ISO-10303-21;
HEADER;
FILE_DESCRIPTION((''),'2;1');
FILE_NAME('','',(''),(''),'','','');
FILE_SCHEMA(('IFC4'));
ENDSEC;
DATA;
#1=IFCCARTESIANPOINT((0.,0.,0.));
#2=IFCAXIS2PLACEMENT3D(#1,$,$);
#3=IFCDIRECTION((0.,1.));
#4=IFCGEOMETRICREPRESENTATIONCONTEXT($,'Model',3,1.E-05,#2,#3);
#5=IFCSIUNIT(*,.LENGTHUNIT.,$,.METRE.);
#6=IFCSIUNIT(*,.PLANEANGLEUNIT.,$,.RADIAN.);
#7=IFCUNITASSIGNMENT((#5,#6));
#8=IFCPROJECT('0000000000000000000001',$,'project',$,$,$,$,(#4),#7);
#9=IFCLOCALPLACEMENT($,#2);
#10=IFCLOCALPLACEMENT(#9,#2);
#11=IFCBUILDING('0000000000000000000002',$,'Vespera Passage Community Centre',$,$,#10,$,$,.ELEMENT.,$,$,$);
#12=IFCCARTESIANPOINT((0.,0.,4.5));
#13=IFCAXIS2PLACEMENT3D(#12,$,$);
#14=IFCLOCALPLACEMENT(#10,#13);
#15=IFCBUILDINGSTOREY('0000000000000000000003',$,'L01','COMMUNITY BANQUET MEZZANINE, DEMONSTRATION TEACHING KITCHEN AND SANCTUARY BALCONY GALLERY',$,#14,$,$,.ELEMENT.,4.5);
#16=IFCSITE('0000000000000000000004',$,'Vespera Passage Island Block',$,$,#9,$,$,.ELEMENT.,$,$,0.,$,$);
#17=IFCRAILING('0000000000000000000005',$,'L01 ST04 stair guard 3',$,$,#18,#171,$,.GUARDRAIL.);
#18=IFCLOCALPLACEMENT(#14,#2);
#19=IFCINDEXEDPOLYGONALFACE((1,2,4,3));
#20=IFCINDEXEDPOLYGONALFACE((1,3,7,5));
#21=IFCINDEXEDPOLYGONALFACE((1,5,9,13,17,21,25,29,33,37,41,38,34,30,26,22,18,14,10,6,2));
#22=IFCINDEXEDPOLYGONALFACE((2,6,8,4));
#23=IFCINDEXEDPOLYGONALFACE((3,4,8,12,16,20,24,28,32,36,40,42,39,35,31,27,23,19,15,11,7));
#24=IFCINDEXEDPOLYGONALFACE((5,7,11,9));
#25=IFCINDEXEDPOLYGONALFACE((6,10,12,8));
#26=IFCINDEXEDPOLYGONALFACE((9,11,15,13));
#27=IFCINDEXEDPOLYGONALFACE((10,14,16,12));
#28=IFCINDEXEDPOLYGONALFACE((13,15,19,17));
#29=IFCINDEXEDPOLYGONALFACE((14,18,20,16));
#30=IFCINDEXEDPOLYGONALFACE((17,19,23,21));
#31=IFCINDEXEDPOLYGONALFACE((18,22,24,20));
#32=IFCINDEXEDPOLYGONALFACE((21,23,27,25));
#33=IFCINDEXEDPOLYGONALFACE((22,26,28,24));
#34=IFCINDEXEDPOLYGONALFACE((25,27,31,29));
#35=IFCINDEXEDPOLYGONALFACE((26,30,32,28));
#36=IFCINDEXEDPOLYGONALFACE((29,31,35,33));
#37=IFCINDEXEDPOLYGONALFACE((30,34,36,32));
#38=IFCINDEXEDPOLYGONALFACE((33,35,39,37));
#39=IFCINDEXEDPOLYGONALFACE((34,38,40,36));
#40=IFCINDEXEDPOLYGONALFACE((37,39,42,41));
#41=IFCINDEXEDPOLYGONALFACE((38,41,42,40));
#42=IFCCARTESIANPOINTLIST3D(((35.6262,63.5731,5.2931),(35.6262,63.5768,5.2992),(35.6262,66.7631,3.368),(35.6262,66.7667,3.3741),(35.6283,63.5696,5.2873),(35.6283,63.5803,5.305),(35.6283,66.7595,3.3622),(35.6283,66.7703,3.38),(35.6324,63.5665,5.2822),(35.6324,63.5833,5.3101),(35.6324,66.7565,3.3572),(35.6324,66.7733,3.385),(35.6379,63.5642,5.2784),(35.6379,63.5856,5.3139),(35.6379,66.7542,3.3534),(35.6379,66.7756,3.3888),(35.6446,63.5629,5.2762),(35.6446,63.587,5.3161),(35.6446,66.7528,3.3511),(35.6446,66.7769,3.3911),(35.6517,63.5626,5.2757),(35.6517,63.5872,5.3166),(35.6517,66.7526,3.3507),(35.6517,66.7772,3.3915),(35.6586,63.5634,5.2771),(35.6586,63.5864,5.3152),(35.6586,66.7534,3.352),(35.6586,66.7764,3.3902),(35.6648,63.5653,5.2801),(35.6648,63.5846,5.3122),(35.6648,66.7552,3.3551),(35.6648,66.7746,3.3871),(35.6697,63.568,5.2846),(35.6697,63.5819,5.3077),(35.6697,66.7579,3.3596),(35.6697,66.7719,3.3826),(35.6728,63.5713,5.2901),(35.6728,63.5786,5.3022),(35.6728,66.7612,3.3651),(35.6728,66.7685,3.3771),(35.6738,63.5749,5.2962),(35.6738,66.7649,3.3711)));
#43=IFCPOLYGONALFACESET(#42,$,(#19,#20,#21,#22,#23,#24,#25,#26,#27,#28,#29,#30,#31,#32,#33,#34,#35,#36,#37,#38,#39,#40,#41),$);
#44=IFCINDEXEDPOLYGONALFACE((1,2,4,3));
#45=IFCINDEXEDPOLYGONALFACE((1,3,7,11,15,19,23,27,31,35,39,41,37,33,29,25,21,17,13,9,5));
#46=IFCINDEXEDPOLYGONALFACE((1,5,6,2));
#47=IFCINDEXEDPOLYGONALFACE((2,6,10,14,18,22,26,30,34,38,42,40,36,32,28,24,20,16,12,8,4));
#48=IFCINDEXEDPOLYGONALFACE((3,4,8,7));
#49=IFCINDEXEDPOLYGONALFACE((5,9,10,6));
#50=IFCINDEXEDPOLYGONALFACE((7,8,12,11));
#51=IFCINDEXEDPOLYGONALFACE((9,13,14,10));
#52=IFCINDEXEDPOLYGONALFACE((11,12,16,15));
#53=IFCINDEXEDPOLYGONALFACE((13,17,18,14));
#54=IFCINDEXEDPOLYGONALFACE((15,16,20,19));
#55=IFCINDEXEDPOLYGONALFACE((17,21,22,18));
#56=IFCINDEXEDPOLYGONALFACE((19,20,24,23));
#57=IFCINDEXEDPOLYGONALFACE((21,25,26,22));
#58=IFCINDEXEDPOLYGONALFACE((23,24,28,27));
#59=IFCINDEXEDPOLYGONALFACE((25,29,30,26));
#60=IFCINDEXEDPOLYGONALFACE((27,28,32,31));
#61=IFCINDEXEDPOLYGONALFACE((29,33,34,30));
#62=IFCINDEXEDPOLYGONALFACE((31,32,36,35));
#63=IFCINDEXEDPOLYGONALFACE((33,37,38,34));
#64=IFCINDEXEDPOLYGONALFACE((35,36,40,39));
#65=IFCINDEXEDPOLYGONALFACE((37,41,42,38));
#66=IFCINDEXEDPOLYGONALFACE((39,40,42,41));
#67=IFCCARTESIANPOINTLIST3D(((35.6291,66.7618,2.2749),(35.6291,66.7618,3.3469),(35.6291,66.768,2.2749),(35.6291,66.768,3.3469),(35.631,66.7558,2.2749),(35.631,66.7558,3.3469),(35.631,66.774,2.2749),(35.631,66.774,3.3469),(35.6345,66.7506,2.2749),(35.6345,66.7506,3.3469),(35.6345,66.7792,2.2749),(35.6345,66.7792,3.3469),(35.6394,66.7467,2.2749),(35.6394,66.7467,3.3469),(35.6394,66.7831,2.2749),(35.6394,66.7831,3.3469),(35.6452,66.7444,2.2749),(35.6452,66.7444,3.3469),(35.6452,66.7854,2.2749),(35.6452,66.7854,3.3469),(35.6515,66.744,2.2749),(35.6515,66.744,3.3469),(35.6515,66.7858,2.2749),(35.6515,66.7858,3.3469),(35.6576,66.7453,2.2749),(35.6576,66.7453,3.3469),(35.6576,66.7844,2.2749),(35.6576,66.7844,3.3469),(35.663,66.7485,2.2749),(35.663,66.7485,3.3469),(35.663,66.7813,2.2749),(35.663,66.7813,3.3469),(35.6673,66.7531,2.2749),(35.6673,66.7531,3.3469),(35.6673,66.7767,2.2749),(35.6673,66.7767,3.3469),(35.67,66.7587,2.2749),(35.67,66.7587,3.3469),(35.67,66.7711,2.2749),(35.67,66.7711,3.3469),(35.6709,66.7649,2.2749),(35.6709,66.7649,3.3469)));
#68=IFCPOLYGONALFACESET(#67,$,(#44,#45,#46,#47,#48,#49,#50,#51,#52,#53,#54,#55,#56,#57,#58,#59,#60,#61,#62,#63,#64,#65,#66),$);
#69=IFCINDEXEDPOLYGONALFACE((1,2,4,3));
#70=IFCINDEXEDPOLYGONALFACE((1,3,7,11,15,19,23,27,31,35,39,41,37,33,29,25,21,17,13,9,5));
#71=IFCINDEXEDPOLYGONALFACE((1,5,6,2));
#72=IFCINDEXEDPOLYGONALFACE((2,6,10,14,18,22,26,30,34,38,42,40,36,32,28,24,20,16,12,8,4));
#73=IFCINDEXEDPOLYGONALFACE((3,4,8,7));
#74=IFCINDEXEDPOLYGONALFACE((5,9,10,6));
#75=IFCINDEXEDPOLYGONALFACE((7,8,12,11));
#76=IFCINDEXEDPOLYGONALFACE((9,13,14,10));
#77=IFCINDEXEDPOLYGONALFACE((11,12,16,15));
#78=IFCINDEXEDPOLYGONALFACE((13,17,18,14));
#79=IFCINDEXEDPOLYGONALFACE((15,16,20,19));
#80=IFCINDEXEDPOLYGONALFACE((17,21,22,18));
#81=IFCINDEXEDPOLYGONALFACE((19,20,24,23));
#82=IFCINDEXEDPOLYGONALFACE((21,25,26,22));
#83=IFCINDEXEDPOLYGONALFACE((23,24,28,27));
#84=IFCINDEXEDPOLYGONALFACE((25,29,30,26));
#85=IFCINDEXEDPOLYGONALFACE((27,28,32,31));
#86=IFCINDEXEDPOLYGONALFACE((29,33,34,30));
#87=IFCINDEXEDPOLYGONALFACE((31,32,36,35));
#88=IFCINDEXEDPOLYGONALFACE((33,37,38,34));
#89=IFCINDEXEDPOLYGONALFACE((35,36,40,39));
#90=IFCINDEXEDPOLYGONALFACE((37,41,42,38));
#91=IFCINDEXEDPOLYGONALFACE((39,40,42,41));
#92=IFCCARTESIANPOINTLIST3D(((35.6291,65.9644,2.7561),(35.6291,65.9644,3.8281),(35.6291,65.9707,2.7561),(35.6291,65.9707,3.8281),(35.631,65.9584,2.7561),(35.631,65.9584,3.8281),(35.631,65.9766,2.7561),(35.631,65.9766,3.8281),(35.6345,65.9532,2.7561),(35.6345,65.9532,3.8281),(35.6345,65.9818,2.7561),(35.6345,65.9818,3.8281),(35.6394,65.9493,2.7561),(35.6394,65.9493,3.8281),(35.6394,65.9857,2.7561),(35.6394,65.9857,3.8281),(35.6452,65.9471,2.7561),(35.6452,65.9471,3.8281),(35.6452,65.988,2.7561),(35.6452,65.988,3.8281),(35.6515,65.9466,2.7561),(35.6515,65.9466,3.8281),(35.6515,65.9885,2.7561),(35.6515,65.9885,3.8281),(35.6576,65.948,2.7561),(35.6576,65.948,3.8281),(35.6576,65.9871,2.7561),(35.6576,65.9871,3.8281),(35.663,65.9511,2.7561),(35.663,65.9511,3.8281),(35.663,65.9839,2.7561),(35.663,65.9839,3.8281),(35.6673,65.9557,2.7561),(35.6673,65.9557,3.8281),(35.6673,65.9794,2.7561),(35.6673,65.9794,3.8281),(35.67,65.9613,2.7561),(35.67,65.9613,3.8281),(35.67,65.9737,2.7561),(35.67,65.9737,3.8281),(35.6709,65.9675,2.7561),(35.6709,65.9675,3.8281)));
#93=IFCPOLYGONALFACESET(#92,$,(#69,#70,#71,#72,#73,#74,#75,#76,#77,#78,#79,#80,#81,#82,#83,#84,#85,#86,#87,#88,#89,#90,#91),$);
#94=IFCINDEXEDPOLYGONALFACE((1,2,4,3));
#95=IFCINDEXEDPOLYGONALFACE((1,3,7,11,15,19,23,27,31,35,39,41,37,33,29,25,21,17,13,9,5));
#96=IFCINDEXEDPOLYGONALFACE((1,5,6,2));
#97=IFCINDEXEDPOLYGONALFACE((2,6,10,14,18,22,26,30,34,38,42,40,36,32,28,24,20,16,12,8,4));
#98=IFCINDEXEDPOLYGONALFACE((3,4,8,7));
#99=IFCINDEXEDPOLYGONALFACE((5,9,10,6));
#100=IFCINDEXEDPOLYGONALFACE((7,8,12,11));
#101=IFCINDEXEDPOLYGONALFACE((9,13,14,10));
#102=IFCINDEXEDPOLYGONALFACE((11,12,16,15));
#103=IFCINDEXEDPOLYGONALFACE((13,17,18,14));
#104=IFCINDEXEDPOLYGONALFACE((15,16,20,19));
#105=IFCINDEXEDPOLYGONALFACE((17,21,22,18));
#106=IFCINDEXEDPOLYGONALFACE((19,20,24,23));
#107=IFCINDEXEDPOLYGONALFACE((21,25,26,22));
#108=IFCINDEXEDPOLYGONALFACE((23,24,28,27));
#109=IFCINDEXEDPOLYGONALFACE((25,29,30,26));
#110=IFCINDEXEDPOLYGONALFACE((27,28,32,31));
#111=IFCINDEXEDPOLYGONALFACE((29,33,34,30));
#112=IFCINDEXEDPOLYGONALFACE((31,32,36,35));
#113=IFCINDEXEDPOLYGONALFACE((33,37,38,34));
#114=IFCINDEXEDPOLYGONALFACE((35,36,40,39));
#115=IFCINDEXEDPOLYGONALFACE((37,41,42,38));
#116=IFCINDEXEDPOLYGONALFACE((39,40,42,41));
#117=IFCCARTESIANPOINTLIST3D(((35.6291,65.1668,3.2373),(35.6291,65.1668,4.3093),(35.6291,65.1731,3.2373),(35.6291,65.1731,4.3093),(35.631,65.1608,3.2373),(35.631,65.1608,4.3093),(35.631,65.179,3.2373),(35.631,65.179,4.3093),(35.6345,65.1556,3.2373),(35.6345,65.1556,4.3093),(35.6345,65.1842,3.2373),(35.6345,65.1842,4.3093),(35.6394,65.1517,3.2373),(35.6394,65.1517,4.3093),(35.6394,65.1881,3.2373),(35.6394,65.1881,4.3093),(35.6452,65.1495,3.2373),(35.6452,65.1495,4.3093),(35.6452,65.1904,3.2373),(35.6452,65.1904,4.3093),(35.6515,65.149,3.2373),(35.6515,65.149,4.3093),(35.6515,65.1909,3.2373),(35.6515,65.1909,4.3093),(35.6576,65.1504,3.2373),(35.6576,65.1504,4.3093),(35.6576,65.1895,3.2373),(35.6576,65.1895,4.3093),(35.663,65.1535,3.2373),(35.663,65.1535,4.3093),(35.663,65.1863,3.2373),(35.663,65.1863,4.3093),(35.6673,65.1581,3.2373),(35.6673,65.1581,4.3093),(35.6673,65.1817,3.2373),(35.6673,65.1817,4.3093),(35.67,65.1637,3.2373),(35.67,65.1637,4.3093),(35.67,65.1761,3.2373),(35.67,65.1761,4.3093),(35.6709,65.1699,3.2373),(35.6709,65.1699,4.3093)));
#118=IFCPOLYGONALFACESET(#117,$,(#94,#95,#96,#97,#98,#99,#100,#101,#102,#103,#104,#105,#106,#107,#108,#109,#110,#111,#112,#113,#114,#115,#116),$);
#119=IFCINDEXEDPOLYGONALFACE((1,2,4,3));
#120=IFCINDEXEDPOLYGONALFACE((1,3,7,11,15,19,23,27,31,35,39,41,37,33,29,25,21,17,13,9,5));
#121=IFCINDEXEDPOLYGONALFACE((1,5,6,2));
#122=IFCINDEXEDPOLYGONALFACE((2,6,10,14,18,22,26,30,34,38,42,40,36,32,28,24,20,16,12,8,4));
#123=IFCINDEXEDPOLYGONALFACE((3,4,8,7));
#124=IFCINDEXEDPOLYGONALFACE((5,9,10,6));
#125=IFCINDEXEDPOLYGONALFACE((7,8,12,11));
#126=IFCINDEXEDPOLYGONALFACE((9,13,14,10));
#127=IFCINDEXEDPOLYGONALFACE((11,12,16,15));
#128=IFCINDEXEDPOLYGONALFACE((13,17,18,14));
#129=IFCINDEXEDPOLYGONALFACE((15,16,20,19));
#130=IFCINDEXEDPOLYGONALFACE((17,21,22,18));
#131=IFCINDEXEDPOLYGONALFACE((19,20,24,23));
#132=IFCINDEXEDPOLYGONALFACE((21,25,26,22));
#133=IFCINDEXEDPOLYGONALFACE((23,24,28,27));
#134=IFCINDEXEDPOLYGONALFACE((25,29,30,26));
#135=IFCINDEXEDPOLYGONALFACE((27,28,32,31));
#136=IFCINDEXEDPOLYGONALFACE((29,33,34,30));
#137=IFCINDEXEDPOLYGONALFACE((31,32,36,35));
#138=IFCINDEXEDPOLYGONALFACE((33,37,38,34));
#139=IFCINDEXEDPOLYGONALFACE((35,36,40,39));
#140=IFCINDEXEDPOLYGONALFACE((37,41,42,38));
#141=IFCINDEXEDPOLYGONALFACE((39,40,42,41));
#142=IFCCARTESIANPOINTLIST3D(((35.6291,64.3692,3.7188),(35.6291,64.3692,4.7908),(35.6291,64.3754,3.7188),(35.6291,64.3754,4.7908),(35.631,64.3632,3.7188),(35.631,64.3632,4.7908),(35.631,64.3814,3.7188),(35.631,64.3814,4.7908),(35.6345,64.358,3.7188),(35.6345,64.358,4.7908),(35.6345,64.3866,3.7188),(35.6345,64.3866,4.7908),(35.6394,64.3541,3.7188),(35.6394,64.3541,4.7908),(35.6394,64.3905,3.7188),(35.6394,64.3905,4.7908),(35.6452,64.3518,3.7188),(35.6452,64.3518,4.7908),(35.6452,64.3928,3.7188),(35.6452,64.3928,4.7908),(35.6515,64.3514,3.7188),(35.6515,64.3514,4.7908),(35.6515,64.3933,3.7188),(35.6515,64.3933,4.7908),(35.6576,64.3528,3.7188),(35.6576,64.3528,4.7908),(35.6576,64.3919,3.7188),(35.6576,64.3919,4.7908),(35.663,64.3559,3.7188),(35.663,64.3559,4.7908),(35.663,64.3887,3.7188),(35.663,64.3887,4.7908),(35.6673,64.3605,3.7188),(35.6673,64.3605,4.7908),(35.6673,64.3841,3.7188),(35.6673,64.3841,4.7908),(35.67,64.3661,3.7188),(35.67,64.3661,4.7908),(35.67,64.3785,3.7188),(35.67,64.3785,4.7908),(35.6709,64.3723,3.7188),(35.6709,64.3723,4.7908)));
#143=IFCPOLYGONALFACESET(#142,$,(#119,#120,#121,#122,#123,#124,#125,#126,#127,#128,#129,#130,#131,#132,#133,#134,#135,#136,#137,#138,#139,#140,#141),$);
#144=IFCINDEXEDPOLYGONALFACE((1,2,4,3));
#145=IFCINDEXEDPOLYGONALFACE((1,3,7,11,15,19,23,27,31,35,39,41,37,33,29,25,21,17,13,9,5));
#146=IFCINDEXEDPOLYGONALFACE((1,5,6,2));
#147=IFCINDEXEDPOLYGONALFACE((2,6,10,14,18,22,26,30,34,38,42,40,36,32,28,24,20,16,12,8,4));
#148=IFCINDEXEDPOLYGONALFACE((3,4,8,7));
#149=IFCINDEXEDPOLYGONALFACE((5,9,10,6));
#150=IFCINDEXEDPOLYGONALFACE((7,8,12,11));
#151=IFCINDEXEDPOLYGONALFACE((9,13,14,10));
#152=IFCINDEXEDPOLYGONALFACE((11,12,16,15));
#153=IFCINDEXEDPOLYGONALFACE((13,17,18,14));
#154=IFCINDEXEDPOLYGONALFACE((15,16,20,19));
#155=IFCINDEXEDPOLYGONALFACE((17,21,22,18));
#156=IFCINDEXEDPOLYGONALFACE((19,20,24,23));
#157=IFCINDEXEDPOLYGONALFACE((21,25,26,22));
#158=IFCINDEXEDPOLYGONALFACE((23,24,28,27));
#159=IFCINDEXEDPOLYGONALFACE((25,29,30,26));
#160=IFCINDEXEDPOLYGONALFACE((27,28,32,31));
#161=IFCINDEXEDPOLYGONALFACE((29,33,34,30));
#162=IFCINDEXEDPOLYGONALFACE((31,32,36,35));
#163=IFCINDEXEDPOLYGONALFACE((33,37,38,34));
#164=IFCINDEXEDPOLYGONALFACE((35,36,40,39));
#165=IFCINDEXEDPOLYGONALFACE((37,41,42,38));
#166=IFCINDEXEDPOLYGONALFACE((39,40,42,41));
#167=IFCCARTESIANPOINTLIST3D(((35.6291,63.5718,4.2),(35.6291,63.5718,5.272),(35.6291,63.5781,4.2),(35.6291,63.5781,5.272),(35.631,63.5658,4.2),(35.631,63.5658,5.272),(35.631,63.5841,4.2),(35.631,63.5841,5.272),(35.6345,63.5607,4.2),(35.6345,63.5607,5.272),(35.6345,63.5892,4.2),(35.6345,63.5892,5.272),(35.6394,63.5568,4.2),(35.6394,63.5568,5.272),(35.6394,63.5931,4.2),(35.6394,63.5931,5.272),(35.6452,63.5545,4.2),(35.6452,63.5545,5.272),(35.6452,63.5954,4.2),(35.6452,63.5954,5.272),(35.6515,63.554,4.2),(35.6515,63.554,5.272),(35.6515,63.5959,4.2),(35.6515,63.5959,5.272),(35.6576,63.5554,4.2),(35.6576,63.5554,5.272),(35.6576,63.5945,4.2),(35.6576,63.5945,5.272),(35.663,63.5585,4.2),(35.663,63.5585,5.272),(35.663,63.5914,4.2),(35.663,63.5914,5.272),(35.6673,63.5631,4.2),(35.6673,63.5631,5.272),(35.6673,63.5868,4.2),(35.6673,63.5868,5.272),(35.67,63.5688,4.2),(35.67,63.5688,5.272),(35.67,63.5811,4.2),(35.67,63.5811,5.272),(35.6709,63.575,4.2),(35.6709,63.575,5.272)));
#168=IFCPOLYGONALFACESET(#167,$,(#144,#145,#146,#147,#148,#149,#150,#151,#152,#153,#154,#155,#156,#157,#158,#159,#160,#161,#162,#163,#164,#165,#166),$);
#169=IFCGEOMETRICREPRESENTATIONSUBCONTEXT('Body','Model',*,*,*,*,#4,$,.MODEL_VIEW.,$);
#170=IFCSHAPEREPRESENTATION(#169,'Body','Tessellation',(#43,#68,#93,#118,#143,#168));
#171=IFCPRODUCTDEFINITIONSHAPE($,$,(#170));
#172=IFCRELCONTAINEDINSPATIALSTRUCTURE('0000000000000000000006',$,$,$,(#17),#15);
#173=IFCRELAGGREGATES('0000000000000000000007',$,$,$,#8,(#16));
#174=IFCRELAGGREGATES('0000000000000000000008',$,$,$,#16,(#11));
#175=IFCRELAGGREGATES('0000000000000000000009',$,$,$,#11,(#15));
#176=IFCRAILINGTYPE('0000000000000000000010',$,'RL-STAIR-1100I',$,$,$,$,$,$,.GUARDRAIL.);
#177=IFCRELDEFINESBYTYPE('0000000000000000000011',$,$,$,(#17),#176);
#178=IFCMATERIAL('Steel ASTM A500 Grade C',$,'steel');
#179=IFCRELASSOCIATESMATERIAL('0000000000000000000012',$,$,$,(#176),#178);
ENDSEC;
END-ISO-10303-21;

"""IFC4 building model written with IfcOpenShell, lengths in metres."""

from ifc_helpers import new_model, si_unit, direction, frame, origin, origin_2d, place, context, subcontext, project, spatial, circle, extrude, material, type_object, element, save


model = new_model("IFC4")

# Units and contexts
model_context = context("Model", 3, precision=1e-05, world=origin(), true_north=direction((0.0, 1.0)))
body_context = subcontext(model_context, "Body", "Model", "MODEL_VIEW")
ifc_project = project(units=[si_unit("LENGTHUNIT", "METRE"), si_unit("PLANEANGLEUNIT", "RADIAN")], contexts=[model_context])

# Site, building, storey
site_placement = place(None, origin())
site = spatial("IfcSite", under=ifc_project, at=site_placement, Name="Vespera Passage Island Block", CompositionType="ELEMENT", RefElevation=0.0)
building_placement = place(site_placement, origin())
building = spatial("IfcBuilding", under=site, at=building_placement, Name="Vespera Passage Community Centre", CompositionType="ELEMENT")
storey_placement = place(building_placement, frame((0.0, 0.0, 4.5)))
storey = spatial("IfcBuildingStorey", under=building, at=storey_placement, Name="L01", Description="COMMUNITY BANQUET MEZZANINE, DEMONSTRATION TEACHING KITCHEN AND SANCTUARY BALCONY GALLERY", CompositionType="ELEMENT", Elevation=4.5)

# Railing
ifc_material_1 = material(Name="Steel ASTM A500 Grade C", Category="steel")
railing_type_1 = type_object("IfcRailingType", Name="RL-STAIR-1100I", PredefinedType="GUARDRAIL", material=ifc_material_1)
railing_1_placement = place(storey_placement, frame((35.6499, 66.7649, 2.2749)))
element("IfcRailing", 1, at=railing_1_placement, inside=storey, type_object=railing_type_1, Name="L01 ST04 stair guard 3", PredefinedType="GUARDRAIL", context=body_context, shape_type="SweptSolid", body=[
    extrude(circle(Radius=0.0239, at=origin_2d()), frame((0.0, 0.0, 1.0962), z_axis=(0.0, -0.856178, 0.516682), x_axis=(1.0, 0.0, 0.0)), (0.0, 0.0, 1.0), 3.7258),
    extrude(circle(Radius=0.021, at=origin_2d()), origin(), (0.0, 0.0, 1.0), 1.072),
    extrude(circle(Radius=0.021, at=origin_2d()), frame((0.0, -0.7974, 0.4812)), (0.0, 0.0, 1.0), 1.072),
    extrude(circle(Radius=0.021, at=origin_2d()), frame((0.0, -1.595, 0.9624)), (0.0, 0.0, 1.0), 1.072),
    extrude(circle(Radius=0.021, at=origin_2d()), frame((0.0, -2.3926, 1.4438)), (0.0, 0.0, 1.0), 1.072),
    extrude(circle(Radius=0.021, at=origin_2d()), frame((0.0, -3.1899, 1.925)), (0.0, 0.0, 1.0), 1.072),
])

save(model, "model.ifc")
